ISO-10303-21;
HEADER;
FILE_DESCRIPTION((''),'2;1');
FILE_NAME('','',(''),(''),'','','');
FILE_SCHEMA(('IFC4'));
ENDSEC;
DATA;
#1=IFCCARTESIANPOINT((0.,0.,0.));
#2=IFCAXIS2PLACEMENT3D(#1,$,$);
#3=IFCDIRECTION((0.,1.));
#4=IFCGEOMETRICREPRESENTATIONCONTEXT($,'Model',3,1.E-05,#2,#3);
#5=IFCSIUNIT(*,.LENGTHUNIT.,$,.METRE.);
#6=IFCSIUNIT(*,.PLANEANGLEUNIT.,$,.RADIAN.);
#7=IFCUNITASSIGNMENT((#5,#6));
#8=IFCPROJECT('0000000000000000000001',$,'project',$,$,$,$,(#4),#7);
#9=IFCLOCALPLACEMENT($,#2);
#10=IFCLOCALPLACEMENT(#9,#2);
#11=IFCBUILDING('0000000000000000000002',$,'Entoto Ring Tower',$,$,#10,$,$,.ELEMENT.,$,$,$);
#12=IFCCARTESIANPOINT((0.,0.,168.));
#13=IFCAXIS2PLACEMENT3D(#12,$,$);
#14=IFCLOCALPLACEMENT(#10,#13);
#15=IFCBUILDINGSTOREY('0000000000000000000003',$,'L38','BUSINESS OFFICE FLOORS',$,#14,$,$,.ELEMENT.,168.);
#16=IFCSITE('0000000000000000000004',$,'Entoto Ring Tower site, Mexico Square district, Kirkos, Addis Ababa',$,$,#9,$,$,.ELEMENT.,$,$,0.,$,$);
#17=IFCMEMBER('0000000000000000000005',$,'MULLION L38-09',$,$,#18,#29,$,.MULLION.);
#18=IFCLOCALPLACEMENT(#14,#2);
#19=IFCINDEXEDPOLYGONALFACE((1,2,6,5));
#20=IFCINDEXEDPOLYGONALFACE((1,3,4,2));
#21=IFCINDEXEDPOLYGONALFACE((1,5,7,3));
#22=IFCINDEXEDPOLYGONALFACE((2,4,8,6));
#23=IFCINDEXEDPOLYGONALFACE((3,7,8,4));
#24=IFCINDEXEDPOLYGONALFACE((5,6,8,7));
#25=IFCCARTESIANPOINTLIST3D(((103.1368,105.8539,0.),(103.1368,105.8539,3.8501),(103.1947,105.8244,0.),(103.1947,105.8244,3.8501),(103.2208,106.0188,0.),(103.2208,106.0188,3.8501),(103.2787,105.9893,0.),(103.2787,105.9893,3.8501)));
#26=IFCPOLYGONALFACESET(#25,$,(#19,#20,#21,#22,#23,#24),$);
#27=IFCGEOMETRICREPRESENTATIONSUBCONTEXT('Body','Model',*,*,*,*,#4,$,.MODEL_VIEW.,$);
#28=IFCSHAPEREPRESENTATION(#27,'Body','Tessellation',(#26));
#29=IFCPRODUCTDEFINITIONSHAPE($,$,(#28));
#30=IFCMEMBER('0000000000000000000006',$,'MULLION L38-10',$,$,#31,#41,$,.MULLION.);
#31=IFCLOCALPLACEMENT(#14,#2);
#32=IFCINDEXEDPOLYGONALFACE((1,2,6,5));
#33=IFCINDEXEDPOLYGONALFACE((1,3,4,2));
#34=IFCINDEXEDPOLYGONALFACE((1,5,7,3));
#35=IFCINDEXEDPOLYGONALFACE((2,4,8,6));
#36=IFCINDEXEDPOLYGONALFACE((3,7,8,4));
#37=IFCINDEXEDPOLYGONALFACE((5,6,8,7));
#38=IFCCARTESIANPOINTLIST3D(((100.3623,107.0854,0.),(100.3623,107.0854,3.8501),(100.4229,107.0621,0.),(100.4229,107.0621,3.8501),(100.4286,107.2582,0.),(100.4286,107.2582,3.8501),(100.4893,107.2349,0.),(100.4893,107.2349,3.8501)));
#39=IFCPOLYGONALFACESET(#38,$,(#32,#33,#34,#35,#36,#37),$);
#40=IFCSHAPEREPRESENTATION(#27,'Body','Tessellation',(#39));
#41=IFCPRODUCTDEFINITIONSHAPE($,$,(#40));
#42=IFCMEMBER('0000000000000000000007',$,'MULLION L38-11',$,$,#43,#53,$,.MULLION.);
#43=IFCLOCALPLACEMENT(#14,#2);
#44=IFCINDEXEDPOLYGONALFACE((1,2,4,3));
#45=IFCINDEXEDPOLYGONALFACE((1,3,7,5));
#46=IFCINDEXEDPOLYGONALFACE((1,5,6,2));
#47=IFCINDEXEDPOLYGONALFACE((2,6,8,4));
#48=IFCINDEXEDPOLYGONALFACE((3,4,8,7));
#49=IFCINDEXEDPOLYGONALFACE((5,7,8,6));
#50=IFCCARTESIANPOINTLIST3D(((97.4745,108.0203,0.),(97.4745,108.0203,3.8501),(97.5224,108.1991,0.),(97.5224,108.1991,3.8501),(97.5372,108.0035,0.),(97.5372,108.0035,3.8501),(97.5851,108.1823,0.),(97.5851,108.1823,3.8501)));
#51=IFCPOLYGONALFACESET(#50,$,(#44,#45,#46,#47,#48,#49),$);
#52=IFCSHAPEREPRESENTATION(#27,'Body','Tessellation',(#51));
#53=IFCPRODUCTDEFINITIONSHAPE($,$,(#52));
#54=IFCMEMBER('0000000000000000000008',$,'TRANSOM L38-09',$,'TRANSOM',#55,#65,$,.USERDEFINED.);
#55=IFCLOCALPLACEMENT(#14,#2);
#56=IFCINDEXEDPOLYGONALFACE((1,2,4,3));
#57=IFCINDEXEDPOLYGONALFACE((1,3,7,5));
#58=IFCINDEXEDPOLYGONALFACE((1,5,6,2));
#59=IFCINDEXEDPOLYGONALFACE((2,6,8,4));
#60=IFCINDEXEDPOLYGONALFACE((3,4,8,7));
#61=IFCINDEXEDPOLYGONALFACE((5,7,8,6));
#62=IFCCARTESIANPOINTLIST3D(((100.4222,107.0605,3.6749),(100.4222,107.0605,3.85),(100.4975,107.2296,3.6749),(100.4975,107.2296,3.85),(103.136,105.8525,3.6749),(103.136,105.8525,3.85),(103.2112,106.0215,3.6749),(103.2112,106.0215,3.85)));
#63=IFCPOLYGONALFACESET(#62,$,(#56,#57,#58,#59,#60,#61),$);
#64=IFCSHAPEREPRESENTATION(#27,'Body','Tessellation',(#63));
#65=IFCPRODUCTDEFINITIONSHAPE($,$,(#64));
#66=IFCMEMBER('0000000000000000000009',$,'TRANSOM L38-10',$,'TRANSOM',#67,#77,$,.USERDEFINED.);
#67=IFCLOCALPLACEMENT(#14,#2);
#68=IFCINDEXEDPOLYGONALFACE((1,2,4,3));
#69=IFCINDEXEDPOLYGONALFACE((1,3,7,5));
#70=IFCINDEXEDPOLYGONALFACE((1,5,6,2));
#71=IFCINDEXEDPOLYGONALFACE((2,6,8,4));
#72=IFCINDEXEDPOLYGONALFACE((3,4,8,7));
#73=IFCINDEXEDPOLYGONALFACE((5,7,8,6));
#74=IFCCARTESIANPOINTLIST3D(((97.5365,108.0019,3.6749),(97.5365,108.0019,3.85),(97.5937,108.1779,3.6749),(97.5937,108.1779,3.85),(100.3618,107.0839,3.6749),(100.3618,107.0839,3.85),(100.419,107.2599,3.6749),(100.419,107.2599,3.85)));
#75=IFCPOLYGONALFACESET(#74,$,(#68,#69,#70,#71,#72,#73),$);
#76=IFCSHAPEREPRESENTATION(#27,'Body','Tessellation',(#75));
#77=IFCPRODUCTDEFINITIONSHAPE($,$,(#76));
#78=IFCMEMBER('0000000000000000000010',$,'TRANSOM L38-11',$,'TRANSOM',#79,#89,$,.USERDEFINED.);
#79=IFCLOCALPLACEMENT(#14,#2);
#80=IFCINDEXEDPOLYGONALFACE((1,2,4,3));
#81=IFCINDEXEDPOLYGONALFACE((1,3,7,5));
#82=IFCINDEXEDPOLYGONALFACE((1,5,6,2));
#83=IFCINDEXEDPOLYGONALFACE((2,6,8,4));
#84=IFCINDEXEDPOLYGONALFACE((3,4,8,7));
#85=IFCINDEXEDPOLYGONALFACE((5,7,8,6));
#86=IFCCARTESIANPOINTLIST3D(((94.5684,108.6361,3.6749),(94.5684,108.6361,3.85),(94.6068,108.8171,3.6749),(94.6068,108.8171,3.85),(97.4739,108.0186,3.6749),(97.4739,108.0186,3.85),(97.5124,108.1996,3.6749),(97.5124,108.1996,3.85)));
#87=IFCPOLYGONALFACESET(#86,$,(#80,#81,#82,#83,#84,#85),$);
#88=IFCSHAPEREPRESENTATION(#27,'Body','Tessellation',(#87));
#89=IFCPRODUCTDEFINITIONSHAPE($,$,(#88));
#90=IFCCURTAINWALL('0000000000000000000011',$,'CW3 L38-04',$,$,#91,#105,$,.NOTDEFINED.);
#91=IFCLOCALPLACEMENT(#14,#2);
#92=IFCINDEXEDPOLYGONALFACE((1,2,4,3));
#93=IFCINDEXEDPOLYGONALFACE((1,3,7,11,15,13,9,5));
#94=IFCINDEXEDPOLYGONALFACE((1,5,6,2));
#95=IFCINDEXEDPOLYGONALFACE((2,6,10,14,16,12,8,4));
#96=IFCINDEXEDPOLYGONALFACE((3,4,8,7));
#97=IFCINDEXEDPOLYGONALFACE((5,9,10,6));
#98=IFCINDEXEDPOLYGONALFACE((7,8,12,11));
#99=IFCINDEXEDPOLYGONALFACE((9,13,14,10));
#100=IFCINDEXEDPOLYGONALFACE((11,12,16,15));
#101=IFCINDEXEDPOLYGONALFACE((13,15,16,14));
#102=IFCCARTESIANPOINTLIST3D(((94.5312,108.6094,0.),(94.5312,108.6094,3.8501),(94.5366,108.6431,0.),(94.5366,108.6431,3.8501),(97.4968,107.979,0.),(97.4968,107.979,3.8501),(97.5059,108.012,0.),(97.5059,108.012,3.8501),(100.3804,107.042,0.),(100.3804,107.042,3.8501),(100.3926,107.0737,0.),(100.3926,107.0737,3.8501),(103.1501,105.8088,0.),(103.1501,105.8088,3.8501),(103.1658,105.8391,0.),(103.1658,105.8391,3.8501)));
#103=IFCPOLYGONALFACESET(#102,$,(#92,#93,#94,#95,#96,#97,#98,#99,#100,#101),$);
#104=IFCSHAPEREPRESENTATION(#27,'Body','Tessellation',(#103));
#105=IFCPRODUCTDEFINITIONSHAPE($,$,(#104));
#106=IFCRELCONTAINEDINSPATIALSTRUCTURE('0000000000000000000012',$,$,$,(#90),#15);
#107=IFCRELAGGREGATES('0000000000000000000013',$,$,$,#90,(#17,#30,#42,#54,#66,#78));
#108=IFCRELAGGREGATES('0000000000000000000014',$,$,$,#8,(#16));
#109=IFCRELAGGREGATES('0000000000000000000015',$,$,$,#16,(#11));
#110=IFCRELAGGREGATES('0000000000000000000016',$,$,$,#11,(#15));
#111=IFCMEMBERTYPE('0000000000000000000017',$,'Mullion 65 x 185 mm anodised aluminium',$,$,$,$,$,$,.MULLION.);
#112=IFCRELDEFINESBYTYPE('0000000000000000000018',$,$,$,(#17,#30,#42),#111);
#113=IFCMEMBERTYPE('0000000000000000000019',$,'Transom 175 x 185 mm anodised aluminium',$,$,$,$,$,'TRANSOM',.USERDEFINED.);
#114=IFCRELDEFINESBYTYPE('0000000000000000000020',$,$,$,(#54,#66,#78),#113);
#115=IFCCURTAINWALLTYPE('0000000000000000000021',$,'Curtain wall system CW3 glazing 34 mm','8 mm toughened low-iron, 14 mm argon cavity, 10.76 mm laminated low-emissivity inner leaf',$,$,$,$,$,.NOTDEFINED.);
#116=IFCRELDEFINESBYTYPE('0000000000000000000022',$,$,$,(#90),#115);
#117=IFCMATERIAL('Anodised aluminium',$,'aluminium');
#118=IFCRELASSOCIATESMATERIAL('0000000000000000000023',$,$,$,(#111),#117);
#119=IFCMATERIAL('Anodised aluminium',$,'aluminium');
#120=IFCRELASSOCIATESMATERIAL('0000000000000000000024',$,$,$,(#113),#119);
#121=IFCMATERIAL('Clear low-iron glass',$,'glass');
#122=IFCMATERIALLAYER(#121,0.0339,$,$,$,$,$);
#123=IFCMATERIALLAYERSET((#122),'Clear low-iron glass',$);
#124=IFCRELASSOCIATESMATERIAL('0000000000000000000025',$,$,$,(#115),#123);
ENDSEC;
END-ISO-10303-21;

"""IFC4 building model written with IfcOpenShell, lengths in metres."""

from ifc_helpers import new_model, si_unit, direction, frame, origin, origin_2d, place, context, subcontext, project, spatial, polyline, rectangle, outline, extrude, material, layer, layer_set, material_profile, profile_set, type_object, element, aggregate, save


model = new_model("IFC4")

# Units and contexts
model_context = context("Model", 3, precision=1e-05, world=origin(), true_north=direction((0.0, 1.0)))
body_context = subcontext(model_context, "Body", "Model", "MODEL_VIEW")
ifc_project = project(units=[si_unit("LENGTHUNIT", "METRE"), si_unit("PLANEANGLEUNIT", "RADIAN")], contexts=[model_context])

# Members
ifc_material_1 = material(Name="Anodised aluminium", Category="aluminium")
ifc_material_profile_1 = material_profile(ifc_material_1, rectangle(XDim=0.0649, YDim=0.1851, at=origin_2d()), Name="Mullion 65 x 185 mm anodised aluminium")
ifc_profile_set_1 = profile_set([ifc_material_profile_1], Name="Anodised aluminium")
member_type_1 = type_object("IfcMemberType", Name="Mullion 65 x 185 mm anodised aluminium", PredefinedType="MULLION", material=ifc_profile_set_1)
site_placement = place(None, origin())
building_placement = place(site_placement, origin())
storey_placement = place(building_placement, frame((0.0, 0.0, 168.0)))
member_1_placement = place(storey_placement, frame((103.2078, 105.9216, 0.0), z_axis=(0.0, 0.0, 1.0), x_axis=(-0.891007, 0.45399, 0.0)))
member_1 = element("IfcMember", 1, at=member_1_placement, type_object=member_type_1, Name="MULLION L38-09", PredefinedType="MULLION", context=body_context, shape_type="SweptSolid", body=[
    extrude(rectangle(XDim=0.0649, YDim=0.1851, at=origin_2d()), origin(), (0.0, 0.0, 1.0), 3.8501),
])
member_2_placement = place(storey_placement, frame((100.4258, 107.1602, 0.0), z_axis=(0.0, 0.0, 1.0), x_axis=(-0.93358, 0.358368, 0.0)))
member_2 = element("IfcMember", 2, at=member_2_placement, type_object=member_type_1, Name="MULLION L38-10", PredefinedType="MULLION", context=body_context, shape_type="SweptSolid", body=[
    extrude(rectangle(XDim=0.0649, YDim=0.1851, at=origin_2d()), origin(), (0.0, 0.0, 1.0), 3.8501),
])
member_3_placement = place(storey_placement, frame((97.5298, 108.1013, 0.0), z_axis=(0.0, 0.0, 1.0), x_axis=(-0.965926, 0.258819, 0.0)))
member_3 = element("IfcMember", 3, at=member_3_placement, type_object=member_type_1, Name="MULLION L38-11", PredefinedType="MULLION", context=body_context, shape_type="SweptSolid", body=[
    extrude(rectangle(XDim=0.0649, YDim=0.1851, at=origin_2d()), origin(), (0.0, 0.0, 1.0), 3.8501),
])
ifc_material_2 = material(Name="Anodised aluminium", Category="aluminium")
ifc_material_profile_2 = material_profile(ifc_material_2, rectangle(XDim=0.1851, YDim=0.175, at=origin_2d()), Name="Transom 175 x 185 mm anodised aluminium")
ifc_profile_set_2 = profile_set([ifc_material_profile_2], Name="Anodised aluminium")
member_type_2 = type_object("IfcMemberType", Name="Transom 175 x 185 mm anodised aluminium", ElementType="TRANSOM", PredefinedType="USERDEFINED", material=ifc_profile_set_2)
member_4_placement = place(storey_placement, frame((103.1736, 105.937, 3.7625), z_axis=(-0.913567, 0.406687, 0.0), x_axis=(-0.406687, -0.913567, 0.0)))
member_4 = element("IfcMember", 4, at=member_4_placement, type_object=member_type_2, Name="TRANSOM L38-09", ObjectType="TRANSOM", PredefinedType="USERDEFINED", context=body_context, shape_type="SweptSolid", body=[
    extrude(rectangle(XDim=0.1851, YDim=0.175, at=origin_2d()), origin(), (0.0, 0.0, 1.0), 2.9705),
])
member_5_placement = place(storey_placement, frame((100.3904, 107.1719, 3.7625), z_axis=(-0.951056, 0.309019, 0.0), x_axis=(-0.309019, -0.951056, 0.0)))
member_5 = element("IfcMember", 5, at=member_5_placement, type_object=member_type_2, Name="TRANSOM L38-10", ObjectType="TRANSOM", PredefinedType="USERDEFINED", context=body_context, shape_type="SweptSolid", body=[
    extrude(rectangle(XDim=0.1851, YDim=0.175, at=origin_2d()), origin(), (0.0, 0.0, 1.0), 2.9707),
])
member_6_placement = place(storey_placement, frame((97.4932, 108.1091, 3.7625), z_axis=(-0.978158, 0.207862, 0.0), x_axis=(-0.207862, -0.978158, 0.0)))
member_6 = element("IfcMember", 6, at=member_6_placement, type_object=member_type_2, Name="TRANSOM L38-11", ObjectType="TRANSOM", PredefinedType="USERDEFINED", context=body_context, shape_type="SweptSolid", body=[
    extrude(rectangle(XDim=0.1851, YDim=0.175, at=origin_2d()), origin(), (0.0, 0.0, 1.0), 2.9705),
])

# Site, building, storey
site = spatial("IfcSite", under=ifc_project, at=site_placement, Name="Entoto Ring Tower site, Mexico Square district, Kirkos, Addis Ababa", CompositionType="ELEMENT", RefElevation=0.0)
building = spatial("IfcBuilding", under=site, at=building_placement, Name="Entoto Ring Tower", CompositionType="ELEMENT")
storey = spatial("IfcBuildingStorey", under=building, at=storey_placement, Name="L38", Description="BUSINESS OFFICE FLOORS", CompositionType="ELEMENT", Elevation=168.0)

# Curtain wall
ifc_material_3 = material(Name="Clear low-iron glass", Category="glass")
ifc_layer = layer(ifc_material_3, 0.0339)
ifc_layer_set = layer_set([ifc_layer], Name="Clear low-iron glass")
curtain_wall_type = type_object("IfcCurtainWallType", Name="Curtain wall system CW3 glazing 34 mm", Description="8 mm toughened low-iron, 14 mm argon cavity, 10.76 mm laminated low-emissivity inner leaf", PredefinedType="NOTDEFINED", material=ifc_layer_set)
curtain_wall_1_placement = place(storey_placement, origin())
curtain_wall_1 = element("IfcCurtainWall", 7, at=curtain_wall_1_placement, inside=storey, type_object=curtain_wall_type, Name="CW3 L38-04", PredefinedType="NOTDEFINED", context=body_context, shape_type="SweptSolid", body=[
    extrude(outline(polyline([(103.1658, 105.8391), (100.3926, 107.0737), (97.5059, 108.012), (94.5366, 108.6431), (94.5312, 108.6094), (97.4968, 107.979), (100.3804, 107.042), (103.1501, 105.8088), (103.1658, 105.8391)])), origin(), (0.0, 0.0, 1.0), 3.8501),
])
aggregate(curtain_wall_1, [member_1, member_2, member_3, member_4, member_5, member_6])

save(model, "model.ifc")
